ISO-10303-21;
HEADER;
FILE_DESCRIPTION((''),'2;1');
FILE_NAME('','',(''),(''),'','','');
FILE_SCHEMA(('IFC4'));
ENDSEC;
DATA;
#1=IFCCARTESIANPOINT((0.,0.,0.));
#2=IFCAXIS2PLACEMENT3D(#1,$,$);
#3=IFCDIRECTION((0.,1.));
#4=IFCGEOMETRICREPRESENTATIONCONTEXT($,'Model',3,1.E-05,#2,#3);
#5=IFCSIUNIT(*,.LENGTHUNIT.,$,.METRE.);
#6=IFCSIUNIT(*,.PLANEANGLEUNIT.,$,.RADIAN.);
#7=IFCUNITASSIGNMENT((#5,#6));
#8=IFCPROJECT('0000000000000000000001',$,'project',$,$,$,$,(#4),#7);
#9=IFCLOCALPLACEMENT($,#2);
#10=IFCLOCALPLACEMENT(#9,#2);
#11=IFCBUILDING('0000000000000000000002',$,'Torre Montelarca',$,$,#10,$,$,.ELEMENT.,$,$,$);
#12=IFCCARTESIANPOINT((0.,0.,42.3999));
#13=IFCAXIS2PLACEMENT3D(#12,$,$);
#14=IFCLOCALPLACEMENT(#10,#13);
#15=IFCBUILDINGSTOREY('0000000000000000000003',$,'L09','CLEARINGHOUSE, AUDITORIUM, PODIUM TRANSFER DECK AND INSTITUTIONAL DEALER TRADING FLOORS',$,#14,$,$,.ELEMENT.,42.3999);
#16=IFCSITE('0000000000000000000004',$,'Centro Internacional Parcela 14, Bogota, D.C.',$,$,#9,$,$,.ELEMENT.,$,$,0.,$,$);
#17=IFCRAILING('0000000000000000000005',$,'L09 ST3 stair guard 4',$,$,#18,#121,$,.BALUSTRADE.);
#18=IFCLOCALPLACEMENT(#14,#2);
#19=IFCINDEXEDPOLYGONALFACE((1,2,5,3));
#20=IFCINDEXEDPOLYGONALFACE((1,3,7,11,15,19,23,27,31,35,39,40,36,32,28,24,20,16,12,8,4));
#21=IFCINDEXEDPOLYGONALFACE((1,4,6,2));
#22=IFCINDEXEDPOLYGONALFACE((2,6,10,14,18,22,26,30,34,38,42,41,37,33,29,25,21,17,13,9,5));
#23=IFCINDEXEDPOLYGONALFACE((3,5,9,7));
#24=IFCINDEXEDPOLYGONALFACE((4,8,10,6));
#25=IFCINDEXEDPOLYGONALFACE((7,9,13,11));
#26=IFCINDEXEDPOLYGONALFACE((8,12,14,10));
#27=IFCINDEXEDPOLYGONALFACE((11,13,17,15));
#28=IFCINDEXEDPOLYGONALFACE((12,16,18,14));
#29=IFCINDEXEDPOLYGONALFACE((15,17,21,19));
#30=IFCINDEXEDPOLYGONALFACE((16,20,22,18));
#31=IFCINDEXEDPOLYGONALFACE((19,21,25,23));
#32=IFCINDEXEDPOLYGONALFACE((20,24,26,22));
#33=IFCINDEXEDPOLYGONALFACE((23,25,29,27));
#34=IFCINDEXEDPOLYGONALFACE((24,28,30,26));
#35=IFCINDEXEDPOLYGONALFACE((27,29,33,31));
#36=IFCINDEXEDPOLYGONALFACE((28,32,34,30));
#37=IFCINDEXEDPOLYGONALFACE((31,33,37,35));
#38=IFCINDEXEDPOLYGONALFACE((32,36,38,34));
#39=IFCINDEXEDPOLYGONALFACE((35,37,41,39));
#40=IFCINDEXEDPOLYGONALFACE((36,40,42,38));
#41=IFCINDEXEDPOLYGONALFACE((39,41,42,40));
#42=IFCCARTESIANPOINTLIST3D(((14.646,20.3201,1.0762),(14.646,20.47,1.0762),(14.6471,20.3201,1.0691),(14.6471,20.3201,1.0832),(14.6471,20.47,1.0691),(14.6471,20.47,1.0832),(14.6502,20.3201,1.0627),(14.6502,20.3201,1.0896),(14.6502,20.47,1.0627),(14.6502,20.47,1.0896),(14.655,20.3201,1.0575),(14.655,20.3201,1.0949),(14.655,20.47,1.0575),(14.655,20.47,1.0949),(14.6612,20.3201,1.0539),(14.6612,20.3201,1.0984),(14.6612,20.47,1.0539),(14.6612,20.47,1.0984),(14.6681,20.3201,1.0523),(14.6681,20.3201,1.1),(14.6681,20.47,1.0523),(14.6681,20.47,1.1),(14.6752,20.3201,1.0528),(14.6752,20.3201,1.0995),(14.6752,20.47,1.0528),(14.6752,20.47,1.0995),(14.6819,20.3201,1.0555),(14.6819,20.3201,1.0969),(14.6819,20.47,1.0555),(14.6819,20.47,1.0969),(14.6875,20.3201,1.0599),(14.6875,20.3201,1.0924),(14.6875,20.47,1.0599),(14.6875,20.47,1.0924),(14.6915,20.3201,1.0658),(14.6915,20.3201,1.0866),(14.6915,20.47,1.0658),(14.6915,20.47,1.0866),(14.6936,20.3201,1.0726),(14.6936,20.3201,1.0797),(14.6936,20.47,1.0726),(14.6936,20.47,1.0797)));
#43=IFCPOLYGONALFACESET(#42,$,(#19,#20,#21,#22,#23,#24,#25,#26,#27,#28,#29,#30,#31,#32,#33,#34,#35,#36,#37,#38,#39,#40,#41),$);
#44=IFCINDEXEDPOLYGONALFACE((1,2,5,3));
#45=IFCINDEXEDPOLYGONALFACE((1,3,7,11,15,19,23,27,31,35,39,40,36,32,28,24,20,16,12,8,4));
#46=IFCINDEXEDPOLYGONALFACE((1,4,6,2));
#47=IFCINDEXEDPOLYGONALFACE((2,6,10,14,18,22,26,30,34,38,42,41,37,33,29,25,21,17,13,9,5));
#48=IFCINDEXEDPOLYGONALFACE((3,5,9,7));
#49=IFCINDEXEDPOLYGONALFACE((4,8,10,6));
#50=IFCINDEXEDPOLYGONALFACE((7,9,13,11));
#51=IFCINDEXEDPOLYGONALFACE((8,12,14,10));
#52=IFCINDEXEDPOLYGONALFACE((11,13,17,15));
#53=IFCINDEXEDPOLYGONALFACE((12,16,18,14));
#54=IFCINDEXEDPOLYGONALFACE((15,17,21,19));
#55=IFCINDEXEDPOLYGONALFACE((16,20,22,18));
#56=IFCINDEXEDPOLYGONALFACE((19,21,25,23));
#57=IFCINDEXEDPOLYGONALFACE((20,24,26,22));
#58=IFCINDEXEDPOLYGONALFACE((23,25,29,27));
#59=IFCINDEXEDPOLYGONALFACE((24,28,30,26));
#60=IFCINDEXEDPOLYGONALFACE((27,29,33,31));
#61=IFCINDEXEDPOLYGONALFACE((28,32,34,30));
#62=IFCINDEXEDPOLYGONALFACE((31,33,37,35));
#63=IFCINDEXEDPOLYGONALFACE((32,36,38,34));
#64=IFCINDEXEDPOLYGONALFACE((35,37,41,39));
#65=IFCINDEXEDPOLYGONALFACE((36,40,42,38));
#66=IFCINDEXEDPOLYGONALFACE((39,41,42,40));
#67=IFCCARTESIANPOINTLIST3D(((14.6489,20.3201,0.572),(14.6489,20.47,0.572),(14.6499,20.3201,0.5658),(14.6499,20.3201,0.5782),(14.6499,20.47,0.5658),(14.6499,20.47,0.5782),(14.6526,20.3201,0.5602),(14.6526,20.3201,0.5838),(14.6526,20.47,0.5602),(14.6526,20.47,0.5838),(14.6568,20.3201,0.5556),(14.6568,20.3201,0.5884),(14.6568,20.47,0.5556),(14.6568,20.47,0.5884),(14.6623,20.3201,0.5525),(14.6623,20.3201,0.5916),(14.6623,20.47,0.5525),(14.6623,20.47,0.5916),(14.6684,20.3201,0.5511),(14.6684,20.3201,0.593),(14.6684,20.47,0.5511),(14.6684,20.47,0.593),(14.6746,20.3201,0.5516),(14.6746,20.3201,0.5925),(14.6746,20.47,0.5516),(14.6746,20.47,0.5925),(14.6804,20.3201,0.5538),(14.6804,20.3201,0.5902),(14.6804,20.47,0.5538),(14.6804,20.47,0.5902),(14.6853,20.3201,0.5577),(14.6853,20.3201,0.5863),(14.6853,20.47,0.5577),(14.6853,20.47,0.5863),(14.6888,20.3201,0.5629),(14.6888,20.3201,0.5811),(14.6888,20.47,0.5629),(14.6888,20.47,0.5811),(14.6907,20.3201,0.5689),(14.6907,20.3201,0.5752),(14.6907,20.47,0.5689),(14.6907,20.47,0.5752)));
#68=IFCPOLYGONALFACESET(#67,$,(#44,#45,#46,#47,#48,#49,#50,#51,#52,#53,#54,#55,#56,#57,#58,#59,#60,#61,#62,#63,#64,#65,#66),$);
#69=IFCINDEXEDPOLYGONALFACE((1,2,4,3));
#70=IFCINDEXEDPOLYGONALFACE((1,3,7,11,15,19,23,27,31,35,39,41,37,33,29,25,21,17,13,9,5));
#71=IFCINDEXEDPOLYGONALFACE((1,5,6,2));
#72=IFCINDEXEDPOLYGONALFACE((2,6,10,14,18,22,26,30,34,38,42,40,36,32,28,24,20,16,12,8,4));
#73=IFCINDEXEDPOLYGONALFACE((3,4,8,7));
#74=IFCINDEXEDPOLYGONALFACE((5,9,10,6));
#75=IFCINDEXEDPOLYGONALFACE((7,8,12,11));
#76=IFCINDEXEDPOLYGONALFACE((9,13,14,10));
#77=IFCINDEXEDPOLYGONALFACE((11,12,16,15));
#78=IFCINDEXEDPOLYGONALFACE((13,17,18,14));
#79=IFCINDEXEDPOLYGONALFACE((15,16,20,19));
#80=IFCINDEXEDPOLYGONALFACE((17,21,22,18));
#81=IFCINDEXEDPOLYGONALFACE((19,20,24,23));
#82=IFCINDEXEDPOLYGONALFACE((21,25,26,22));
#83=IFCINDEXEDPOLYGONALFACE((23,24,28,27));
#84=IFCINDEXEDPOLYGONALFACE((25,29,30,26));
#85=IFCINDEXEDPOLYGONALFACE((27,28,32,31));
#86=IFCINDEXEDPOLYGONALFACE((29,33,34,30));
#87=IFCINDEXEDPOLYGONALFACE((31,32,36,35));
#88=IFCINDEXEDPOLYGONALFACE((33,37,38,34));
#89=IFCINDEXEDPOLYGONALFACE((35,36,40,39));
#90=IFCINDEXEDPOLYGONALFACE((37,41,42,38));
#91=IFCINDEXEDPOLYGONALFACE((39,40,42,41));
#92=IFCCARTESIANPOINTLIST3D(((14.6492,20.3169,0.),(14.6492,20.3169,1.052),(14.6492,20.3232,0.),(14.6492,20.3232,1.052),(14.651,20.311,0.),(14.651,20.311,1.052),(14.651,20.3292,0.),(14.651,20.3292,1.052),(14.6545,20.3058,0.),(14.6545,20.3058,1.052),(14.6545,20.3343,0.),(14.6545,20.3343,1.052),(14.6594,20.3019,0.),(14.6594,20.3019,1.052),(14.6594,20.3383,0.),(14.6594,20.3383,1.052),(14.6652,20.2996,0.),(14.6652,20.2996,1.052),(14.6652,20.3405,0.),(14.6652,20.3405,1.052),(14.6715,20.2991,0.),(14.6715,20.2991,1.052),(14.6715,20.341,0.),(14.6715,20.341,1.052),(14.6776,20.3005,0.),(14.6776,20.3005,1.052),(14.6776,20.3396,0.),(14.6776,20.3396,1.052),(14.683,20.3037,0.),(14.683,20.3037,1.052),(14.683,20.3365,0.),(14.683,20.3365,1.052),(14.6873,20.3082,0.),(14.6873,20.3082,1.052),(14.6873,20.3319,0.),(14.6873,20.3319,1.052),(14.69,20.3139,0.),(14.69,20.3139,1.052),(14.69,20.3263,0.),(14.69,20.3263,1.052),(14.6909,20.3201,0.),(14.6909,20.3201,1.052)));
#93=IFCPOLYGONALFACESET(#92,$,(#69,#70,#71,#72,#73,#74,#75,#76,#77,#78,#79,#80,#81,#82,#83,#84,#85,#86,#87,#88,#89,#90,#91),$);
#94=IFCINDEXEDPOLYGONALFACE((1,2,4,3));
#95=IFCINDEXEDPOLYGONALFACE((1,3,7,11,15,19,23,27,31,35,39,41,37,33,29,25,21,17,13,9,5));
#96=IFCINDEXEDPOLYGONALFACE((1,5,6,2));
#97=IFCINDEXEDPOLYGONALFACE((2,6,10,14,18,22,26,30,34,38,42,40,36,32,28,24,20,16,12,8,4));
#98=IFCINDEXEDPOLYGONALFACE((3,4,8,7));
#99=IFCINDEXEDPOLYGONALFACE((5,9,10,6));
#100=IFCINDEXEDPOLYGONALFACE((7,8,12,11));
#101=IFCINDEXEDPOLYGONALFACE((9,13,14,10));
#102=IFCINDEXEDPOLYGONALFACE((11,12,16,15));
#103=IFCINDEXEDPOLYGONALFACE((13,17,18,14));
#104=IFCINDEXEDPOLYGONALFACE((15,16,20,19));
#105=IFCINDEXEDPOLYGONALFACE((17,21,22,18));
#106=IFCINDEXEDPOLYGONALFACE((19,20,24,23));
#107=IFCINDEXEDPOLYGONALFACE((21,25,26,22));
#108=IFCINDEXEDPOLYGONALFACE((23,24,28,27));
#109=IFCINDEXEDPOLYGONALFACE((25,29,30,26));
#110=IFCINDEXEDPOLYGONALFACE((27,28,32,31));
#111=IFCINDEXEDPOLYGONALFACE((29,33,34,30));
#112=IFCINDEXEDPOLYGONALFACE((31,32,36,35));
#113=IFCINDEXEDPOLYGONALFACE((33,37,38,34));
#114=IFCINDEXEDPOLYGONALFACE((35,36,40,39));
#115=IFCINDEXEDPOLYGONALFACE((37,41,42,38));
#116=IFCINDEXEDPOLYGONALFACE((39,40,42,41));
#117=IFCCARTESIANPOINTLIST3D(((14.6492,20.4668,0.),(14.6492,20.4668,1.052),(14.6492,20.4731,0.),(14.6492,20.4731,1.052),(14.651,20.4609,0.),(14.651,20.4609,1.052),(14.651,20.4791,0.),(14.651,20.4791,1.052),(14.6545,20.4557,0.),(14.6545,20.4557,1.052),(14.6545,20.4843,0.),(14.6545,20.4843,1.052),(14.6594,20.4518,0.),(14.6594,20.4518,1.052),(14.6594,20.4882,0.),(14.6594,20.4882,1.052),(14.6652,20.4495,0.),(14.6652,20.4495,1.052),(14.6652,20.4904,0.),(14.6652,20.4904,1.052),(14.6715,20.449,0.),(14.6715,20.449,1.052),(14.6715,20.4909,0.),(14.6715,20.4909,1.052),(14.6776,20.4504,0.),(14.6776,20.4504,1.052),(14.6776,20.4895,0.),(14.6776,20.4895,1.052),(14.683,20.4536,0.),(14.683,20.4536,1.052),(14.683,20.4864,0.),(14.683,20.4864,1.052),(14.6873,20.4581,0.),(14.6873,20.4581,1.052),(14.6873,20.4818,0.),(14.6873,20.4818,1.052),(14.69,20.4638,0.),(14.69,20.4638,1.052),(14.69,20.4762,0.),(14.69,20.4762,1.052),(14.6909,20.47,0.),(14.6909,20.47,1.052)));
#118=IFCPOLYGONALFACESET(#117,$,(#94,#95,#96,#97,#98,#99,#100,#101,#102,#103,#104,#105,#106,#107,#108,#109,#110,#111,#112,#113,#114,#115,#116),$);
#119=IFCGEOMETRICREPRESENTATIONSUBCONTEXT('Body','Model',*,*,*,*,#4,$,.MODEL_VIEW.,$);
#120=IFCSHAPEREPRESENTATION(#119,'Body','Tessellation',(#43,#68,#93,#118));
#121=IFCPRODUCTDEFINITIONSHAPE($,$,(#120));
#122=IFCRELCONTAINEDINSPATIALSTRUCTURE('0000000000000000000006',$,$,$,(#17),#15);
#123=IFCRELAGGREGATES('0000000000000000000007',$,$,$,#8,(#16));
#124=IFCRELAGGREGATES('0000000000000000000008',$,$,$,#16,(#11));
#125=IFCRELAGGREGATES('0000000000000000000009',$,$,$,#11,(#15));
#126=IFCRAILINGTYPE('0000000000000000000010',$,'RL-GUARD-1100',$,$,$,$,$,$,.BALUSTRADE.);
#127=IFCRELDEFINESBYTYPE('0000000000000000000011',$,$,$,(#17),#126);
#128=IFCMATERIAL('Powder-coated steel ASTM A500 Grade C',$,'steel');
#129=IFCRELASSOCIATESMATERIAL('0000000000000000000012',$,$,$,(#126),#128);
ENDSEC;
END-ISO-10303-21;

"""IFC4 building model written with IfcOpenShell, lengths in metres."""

from ifc_helpers import new_model, si_unit, direction, frame, origin, origin_2d, place, context, subcontext, project, spatial, circle, extrude, material, type_object, element, save


model = new_model("IFC4")

# Units and contexts
model_context = context("Model", 3, precision=1e-05, world=origin(), true_north=direction((0.0, 1.0)))
body_context = subcontext(model_context, "Body", "Model", "MODEL_VIEW")
ifc_project = project(units=[si_unit("LENGTHUNIT", "METRE"), si_unit("PLANEANGLEUNIT", "RADIAN")], contexts=[model_context])

# Site, building, storey
site_placement = place(None, origin())
site = spatial("IfcSite", under=ifc_project, at=site_placement, Name="Centro Internacional Parcela 14, Bogota, D.C.", CompositionType="ELEMENT", RefElevation=0.0)
building_placement = place(site_placement, origin())
building = spatial("IfcBuilding", under=site, at=building_placement, Name="Torre Montelarca", CompositionType="ELEMENT")
storey_placement = place(building_placement, frame((0.0, 0.0, 42.3999)))
storey = spatial("IfcBuildingStorey", under=building, at=storey_placement, Name="L09", Description="CLEARINGHOUSE, AUDITORIUM, PODIUM TRANSFER DECK AND INSTITUTIONAL DEALER TRADING FLOORS", CompositionType="ELEMENT", Elevation=42.3999)

# Railing
ifc_material_1 = material(Name="Powder-coated steel ASTM A500 Grade C", Category="steel")
railing_type_1 = type_object("IfcRailingType", Name="RL-GUARD-1100", PredefinedType="BALUSTRADE", material=ifc_material_1)
railing_1_placement = place(storey_placement, frame((14.6699, 20.3201, 0.0)))
element("IfcRailing", 1, at=railing_1_placement, inside=storey, type_object=railing_type_1, Name="L09 ST3 stair guard 4", PredefinedType="BALUSTRADE", context=body_context, shape_type="SweptSolid", body=[
    extrude(circle(Radius=0.0239, at=origin_2d()), frame((0.0, 0.0, 1.0762), z_axis=(0.0, 1.0, 0.0), x_axis=(-1.0, 0.0, 0.0)), (0.0, 0.0, 1.0), 0.1499),
    extrude(circle(Radius=0.021, at=origin_2d()), frame((0.0, 0.0, 0.572), z_axis=(0.0, 1.0, 0.0), x_axis=(-1.0, 0.0, 0.0)), (0.0, 0.0, 1.0), 0.1499),
    extrude(circle(Radius=0.021, at=origin_2d()), origin(), (0.0, 0.0, 1.0), 1.052),
    extrude(circle(Radius=0.021, at=origin_2d()), frame((0.0, 0.1499, 0.0)), (0.0, 0.0, 1.0), 1.052),
])

save(model, "model.ifc")
